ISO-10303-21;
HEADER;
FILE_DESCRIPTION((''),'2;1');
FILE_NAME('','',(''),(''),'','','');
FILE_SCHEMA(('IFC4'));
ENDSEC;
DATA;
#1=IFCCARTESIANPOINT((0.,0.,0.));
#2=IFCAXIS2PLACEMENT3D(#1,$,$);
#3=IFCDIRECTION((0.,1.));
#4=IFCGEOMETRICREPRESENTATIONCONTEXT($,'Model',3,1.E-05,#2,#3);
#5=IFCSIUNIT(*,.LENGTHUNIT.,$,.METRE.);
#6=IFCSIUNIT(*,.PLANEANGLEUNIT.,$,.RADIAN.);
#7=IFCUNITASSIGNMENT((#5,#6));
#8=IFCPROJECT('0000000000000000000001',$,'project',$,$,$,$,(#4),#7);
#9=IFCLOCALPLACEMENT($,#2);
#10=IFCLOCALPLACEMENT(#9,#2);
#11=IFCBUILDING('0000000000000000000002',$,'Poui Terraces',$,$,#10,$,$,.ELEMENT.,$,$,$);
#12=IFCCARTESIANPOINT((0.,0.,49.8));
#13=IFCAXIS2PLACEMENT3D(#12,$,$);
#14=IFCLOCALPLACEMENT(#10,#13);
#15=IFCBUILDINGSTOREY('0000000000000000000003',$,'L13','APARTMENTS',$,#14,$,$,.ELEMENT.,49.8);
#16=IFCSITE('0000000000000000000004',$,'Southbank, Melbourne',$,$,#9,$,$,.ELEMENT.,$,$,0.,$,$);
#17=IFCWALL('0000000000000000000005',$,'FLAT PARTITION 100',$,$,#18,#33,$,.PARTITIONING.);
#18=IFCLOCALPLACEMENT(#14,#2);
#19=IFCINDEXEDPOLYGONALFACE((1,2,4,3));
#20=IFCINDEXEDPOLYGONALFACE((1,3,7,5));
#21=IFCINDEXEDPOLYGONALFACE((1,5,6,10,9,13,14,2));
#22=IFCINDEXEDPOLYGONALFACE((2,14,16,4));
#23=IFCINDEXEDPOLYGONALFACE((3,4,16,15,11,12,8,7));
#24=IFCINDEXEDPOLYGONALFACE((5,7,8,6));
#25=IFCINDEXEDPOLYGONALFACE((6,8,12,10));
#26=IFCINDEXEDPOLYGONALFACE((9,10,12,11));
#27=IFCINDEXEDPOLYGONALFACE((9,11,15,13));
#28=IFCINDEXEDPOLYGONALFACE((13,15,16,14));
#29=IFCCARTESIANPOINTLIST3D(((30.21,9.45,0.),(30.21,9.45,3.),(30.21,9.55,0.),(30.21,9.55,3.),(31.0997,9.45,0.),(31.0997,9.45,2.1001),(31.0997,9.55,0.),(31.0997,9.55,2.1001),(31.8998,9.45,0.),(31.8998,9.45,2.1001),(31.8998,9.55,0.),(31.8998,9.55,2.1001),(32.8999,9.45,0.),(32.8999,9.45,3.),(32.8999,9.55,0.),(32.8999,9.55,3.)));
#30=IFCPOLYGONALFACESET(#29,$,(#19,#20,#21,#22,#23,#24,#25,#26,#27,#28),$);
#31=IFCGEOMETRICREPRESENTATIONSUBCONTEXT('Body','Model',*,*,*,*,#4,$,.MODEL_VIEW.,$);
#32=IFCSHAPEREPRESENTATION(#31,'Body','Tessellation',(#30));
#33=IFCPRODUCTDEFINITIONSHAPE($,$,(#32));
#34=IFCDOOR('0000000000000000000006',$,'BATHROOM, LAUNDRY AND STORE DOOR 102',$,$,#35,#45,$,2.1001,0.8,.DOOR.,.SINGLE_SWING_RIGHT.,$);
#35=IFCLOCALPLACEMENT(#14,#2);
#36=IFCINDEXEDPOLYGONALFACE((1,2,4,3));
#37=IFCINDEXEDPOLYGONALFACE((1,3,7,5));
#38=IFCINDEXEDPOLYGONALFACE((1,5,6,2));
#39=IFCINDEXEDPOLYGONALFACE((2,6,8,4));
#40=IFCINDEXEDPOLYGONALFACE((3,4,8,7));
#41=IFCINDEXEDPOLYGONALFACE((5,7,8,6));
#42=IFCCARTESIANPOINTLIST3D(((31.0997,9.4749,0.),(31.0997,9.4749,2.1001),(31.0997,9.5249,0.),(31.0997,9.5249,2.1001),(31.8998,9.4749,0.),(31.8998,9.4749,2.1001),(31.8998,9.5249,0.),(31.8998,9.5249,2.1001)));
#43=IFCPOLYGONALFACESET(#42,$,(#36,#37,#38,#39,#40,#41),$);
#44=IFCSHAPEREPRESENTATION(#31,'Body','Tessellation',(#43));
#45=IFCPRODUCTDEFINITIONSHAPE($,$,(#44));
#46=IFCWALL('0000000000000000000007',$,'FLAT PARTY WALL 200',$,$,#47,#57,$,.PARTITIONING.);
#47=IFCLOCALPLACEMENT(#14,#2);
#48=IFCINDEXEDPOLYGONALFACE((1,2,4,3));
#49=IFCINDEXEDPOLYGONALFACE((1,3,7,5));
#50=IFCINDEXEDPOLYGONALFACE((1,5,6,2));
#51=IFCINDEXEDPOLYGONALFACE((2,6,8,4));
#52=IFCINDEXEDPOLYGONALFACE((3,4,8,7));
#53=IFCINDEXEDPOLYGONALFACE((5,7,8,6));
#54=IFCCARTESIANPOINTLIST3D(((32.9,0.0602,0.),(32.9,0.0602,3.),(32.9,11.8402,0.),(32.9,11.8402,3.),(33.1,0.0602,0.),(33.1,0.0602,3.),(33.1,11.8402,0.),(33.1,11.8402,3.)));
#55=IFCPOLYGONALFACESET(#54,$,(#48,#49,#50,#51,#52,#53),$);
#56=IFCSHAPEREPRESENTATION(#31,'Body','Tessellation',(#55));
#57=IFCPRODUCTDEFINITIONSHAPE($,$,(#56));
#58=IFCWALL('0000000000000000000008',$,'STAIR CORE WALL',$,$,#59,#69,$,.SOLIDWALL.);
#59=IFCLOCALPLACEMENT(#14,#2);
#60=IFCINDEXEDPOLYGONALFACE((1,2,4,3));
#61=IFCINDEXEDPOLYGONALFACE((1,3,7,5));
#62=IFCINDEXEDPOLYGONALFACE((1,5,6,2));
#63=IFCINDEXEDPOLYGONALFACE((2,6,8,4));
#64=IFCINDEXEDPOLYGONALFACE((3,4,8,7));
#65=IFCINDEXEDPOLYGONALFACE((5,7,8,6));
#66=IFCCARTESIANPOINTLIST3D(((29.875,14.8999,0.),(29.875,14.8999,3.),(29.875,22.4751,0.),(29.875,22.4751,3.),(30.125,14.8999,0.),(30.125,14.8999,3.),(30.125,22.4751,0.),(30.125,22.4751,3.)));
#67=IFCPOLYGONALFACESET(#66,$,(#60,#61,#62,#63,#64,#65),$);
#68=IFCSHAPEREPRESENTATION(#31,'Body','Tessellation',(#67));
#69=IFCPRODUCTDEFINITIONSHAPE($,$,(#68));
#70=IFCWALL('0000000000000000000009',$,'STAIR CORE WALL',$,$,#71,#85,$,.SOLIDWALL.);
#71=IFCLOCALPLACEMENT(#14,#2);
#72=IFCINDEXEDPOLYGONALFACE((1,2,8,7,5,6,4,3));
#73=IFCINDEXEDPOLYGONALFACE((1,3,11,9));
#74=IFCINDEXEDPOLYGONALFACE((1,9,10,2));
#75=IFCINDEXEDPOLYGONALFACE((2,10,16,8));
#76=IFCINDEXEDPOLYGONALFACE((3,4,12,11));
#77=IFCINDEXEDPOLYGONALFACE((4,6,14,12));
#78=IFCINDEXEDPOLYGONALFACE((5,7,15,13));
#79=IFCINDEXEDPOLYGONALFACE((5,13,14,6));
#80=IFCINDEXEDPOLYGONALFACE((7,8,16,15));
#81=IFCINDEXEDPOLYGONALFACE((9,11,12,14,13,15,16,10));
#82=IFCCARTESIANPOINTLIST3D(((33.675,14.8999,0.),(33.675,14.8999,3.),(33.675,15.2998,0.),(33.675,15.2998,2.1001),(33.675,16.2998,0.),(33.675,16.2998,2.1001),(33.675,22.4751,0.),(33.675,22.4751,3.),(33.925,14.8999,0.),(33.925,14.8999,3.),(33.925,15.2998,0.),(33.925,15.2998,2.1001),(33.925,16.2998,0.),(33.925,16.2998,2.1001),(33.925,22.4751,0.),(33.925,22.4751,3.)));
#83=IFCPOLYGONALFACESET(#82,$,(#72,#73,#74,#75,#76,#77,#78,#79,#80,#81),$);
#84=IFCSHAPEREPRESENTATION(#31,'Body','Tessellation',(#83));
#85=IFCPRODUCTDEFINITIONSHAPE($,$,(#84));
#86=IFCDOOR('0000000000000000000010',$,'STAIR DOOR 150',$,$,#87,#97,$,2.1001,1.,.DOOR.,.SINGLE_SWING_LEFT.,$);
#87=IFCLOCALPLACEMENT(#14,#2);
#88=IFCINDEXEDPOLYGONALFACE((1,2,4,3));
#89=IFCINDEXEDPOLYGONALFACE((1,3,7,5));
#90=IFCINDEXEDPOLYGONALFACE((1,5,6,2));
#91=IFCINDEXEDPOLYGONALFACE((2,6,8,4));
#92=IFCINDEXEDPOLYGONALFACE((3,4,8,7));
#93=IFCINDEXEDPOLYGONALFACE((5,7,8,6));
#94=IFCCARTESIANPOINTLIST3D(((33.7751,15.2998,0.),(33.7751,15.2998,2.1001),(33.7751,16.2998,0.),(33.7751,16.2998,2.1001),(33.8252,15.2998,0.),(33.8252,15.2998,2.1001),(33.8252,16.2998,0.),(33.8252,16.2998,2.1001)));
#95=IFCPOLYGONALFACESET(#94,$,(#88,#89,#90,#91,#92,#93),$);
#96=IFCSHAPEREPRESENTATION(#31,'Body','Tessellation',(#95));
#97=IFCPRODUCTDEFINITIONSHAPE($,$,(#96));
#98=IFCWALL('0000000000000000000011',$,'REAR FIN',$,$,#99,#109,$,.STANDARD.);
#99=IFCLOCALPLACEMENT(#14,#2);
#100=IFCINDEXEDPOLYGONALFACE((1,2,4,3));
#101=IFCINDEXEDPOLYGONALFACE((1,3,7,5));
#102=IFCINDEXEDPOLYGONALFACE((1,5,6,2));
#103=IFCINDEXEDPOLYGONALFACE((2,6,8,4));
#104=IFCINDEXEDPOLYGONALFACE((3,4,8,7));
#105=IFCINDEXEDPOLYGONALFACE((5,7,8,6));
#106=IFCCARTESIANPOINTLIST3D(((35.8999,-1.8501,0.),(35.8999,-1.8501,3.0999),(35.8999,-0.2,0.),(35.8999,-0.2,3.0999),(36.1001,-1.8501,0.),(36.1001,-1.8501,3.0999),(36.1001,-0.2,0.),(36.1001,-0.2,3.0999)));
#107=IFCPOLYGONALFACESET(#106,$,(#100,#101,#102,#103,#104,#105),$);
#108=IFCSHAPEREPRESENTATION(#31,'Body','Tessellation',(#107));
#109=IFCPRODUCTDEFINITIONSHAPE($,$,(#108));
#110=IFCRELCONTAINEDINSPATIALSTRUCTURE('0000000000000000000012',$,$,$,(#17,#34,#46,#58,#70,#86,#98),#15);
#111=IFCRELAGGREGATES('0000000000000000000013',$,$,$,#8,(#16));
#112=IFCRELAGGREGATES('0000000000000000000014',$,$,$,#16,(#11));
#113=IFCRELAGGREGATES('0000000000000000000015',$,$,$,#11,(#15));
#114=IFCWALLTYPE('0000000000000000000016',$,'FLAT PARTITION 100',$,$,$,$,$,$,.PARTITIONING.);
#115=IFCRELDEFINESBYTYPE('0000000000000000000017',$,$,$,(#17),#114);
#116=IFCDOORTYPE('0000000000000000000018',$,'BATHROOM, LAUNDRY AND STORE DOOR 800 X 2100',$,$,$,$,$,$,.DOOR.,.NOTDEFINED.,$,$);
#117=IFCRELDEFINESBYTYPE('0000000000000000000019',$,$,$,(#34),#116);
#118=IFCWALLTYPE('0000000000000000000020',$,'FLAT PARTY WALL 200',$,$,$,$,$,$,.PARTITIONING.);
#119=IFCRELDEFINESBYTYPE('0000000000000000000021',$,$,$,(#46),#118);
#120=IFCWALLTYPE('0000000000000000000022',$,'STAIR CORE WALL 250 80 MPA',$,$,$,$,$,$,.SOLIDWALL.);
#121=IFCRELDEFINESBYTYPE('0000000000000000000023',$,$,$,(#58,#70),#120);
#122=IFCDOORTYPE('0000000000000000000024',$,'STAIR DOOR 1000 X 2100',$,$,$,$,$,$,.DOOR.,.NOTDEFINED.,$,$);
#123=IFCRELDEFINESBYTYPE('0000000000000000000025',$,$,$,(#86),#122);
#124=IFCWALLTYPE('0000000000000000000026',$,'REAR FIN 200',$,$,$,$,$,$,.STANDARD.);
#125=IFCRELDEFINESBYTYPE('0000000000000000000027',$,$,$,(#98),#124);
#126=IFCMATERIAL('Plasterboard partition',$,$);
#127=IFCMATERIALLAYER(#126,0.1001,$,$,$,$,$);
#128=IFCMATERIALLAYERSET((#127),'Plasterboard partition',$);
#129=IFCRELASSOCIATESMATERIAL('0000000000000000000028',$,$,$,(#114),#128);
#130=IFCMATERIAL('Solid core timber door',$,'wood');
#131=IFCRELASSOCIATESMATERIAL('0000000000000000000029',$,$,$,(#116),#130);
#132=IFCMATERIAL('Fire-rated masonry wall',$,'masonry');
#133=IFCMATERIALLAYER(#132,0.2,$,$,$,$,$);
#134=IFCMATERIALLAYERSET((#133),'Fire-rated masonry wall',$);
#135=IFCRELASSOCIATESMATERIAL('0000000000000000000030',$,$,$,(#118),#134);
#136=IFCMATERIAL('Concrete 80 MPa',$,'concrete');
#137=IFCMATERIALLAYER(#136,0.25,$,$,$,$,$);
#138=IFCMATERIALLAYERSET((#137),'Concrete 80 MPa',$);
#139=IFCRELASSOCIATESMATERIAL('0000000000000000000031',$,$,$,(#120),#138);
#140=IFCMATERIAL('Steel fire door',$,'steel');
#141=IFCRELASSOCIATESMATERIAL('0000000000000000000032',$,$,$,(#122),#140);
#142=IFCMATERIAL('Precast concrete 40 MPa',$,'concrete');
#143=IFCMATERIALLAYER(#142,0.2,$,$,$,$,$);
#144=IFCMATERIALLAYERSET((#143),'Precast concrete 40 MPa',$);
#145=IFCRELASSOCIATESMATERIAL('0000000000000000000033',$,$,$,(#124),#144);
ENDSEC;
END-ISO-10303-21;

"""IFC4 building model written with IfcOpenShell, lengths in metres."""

from ifc_helpers import new_model, si_unit, direction, frame, frame_2d, origin, place, context, subcontext, project, spatial, polyline, rectangle, outline, extrude, source, transform, mapped, material, layer, layer_set, type_object, element, fill, save


model = new_model("IFC4")

# Units and contexts
model_context = context("Model", 3, precision=1e-05, world=origin(), true_north=direction((0.0, 1.0)))
body_context = subcontext(model_context, "Body", "Model", "MODEL_VIEW")
ifc_project = project(units=[si_unit("LENGTHUNIT", "METRE"), si_unit("PLANEANGLEUNIT", "RADIAN")], contexts=[model_context])

# Site, building, storey
site_placement = place(None, origin())
site = spatial("IfcSite", under=ifc_project, at=site_placement, Name="Southbank, Melbourne", CompositionType="ELEMENT", RefElevation=0.0)
building_placement = place(site_placement, origin())
building = spatial("IfcBuilding", under=site, at=building_placement, Name="Poui Terraces", CompositionType="ELEMENT")
storey_placement = place(building_placement, frame((0.0, 0.0, 49.8)))
storey = spatial("IfcBuildingStorey", under=building, at=storey_placement, Name="L13", Description="APARTMENTS", CompositionType="ELEMENT", Elevation=49.8)

# Shared definitions
ifc_material_1 = material(Name="Concrete 80 MPa", Category="concrete")

# Shared definitions
ifc_material_2 = material(Name="Precast concrete 40 MPa", Category="concrete")

# Wall, opening, door
ifc_material_3 = material(Name="Steel fire door", Category="steel")
ifc_material_4 = material(Name="Solid core timber door", Category="wood")
ifc_material_5 = material(Name="Plasterboard partition")
ifc_layer_1 = layer(ifc_material_5, 0.1001)
ifc_layer_set_1 = layer_set([ifc_layer_1], Name="Plasterboard partition")
wall_type_1 = type_object("IfcWallType", Name="FLAT PARTITION 100", PredefinedType="PARTITIONING", material=ifc_layer_set_1)
door_type_1 = type_object("IfcDoorType", Name="BATHROOM, LAUNDRY AND STORE DOOR 800 X 2100", OperationType="NOTDEFINED", PredefinedType="DOOR", material=ifc_material_4)
wall_1_placement = place(storey_placement, frame((30.21, 9.5, 0.0), z_axis=(0.0, 0.0, 1.0), x_axis=(1.0, 0.0, 0.0)))
wall_1 = element("IfcWall", 1, at=wall_1_placement, inside=storey, type_object=wall_type_1, Name="FLAT PARTITION 100", PredefinedType="PARTITIONING", context=body_context, shape_type="SweptSolid", body=[
    extrude(rectangle(XDim=2.6899, YDim=0.1001, at=frame_2d((1.345, 0.0))), origin(), (0.0, 0.0, 1.0), 3.0),
])
opening_1_placement = place(wall_1_placement, frame((0.8899, 0.0, 0.0)))
opening_1 = element("IfcOpeningElement", 2, at=opening_1_placement, cuts=wall_1, PredefinedType="OPENING", context=body_context, shape_type="SweptSolid", body=[
    extrude(rectangle(XDim=0.8, YDim=2.1001, at=frame_2d((0.3999, 1.05))), frame((0.0, 0.0601, 0.0), z_axis=(0.0, -1.0, 0.0), x_axis=(1.0, 0.0, 0.0)), (0.0, 0.0, 1.0), 0.1201),
])
door_1_placement = place(opening_1_placement, origin())
door_1 = element("IfcDoor", 3, at=door_1_placement, inside=storey, type_object=door_type_1, Name="BATHROOM, LAUNDRY AND STORE DOOR 102", OperationType="SINGLE_SWING_RIGHT", OverallHeight=2.1001, OverallWidth=0.8, PredefinedType="DOOR", context=body_context, shape_type="SweptSolid", body=[
    extrude(rectangle(XDim=0.8, YDim=2.1001, at=frame_2d((0.3999, 1.05))), frame((0.0, 0.0249, 0.0), z_axis=(0.0, -1.0, 0.0), x_axis=(1.0, 0.0, 0.0)), (0.0, 0.0, 1.0), 0.05),
])
fill(opening_1, door_1)

# Walls
ifc_material_6 = material(Name="Fire-rated masonry wall", Category="masonry")
ifc_layer_2 = layer(ifc_material_6, 0.2)
ifc_layer_set_2 = layer_set([ifc_layer_2], Name="Fire-rated masonry wall")
wall_type_2 = type_object("IfcWallType", Name="FLAT PARTY WALL 200", PredefinedType="PARTITIONING", material=ifc_layer_set_2)
wall_2_placement = place(storey_placement, frame((33.0, 0.0601, 0.0), z_axis=(0.0, 0.0, 1.0), x_axis=(0.0, 1.0, 0.0)))
element("IfcWall", 4, at=wall_2_placement, inside=storey, type_object=wall_type_2, Name="FLAT PARTY WALL 200", PredefinedType="PARTITIONING", context=body_context, shape_type="SweptSolid", body=[
    extrude(rectangle(XDim=11.78, YDim=0.2, at=frame_2d((5.8901, 0.0))), origin(), (0.0, 0.0, 1.0), 3.0),
])
ifc_layer_3 = layer(ifc_material_1, 0.25)
ifc_layer_set_3 = layer_set([ifc_layer_3], Name="Concrete 80 MPa")
wall_type_3 = type_object("IfcWallType", Name="STAIR CORE WALL 250 80 MPA", PredefinedType="SOLIDWALL", material=ifc_layer_set_3)
wall_3_placement = place(storey_placement, frame((30.0, 14.8999, 0.0), z_axis=(0.0, 0.0, 1.0), x_axis=(0.0, 1.0, 0.0)))
element("IfcWall", 5, at=wall_3_placement, inside=storey, type_object=wall_type_3, Name="STAIR CORE WALL", PredefinedType="SOLIDWALL", context=body_context, shape_type="SweptSolid", body=[
    extrude(rectangle(XDim=7.5752, YDim=0.25, at=frame_2d((3.7876, 0.0))), origin(), (0.0, 0.0, 1.0), 3.0),
])

# Wall, opening, door
wall_4_placement = place(storey_placement, frame((33.8, 14.8999, 0.0), z_axis=(0.0, 0.0, 1.0), x_axis=(0.0, 1.0, 0.0)))
wall_4 = element("IfcWall", 6, at=wall_4_placement, inside=storey, type_object=wall_type_3, Name="STAIR CORE WALL", PredefinedType="SOLIDWALL", context=body_context, shape_type="SweptSolid", body=[
    extrude(rectangle(XDim=7.5752, YDim=0.25, at=frame_2d((3.7876, 0.0))), origin(), (0.0, 0.0, 1.0), 3.0),
])
opening_2_placement = place(wall_4_placement, frame((0.3999, 0.0, 0.0)))
opening_2 = element("IfcOpeningElement", 7, at=opening_2_placement, cuts=wall_4, PredefinedType="OPENING", context=body_context, shape_type="SweptSolid", body=[
    extrude(rectangle(XDim=1.0, YDim=2.1001, at=frame_2d((0.5, 1.05))), frame((0.0, 0.135, 0.0), z_axis=(0.0, -1.0, 0.0), x_axis=(1.0, 0.0, 0.0)), (0.0, 0.0, 1.0), 0.27),
])
door_type_2 = type_object("IfcDoorType", Name="STAIR DOOR 1000 X 2100", OperationType="NOTDEFINED", PredefinedType="DOOR", material=ifc_material_3)
door_2_placement = place(opening_2_placement, origin())
door_2 = element("IfcDoor", 8, at=door_2_placement, inside=storey, type_object=door_type_2, Name="STAIR DOOR 150", OperationType="SINGLE_SWING_LEFT", OverallHeight=2.1001, OverallWidth=1.0, PredefinedType="DOOR", context=body_context, shape_type="SweptSolid", body=[
    extrude(rectangle(XDim=1.0, YDim=2.1001, at=frame_2d((0.5, 1.05))), frame((0.0, 0.0249, 0.0), z_axis=(0.0, -1.0, 0.0), x_axis=(1.0, 0.0, 0.0)), (0.0, 0.0, 1.0), 0.05),
])
fill(opening_2, door_2)

# Wall
ifc_layer_4 = layer(ifc_material_2, 0.2)
ifc_layer_set_4 = layer_set([ifc_layer_4], Name="Precast concrete 40 MPa")
wall_type_4 = type_object("IfcWallType", Name="REAR FIN 200", PredefinedType="STANDARD", material=ifc_layer_set_4)
shared_shape_1 = source(origin(), body_context, "Body", "SweptSolid", [
    extrude(outline(polyline([(0.0, 0.0), (0.2002, 0.0), (0.2002, 1.6501), (0.0, 1.6501), (0.0, 0.0)])), origin(), (0.0, 0.0, 1.0), 3.0999),
])
wall_5_placement = place(storey_placement, frame((35.8999, -1.8501, 0.0)))
element("IfcWall", 9, at=wall_5_placement, inside=storey, type_object=wall_type_4, Name="REAR FIN", PredefinedType="STANDARD", context=body_context, shape_type="MappedRepresentation", body=[
    mapped(shared_shape_1, transform((0.0, 0.0, 0.0))),
])

save(model, "model.ifc")
